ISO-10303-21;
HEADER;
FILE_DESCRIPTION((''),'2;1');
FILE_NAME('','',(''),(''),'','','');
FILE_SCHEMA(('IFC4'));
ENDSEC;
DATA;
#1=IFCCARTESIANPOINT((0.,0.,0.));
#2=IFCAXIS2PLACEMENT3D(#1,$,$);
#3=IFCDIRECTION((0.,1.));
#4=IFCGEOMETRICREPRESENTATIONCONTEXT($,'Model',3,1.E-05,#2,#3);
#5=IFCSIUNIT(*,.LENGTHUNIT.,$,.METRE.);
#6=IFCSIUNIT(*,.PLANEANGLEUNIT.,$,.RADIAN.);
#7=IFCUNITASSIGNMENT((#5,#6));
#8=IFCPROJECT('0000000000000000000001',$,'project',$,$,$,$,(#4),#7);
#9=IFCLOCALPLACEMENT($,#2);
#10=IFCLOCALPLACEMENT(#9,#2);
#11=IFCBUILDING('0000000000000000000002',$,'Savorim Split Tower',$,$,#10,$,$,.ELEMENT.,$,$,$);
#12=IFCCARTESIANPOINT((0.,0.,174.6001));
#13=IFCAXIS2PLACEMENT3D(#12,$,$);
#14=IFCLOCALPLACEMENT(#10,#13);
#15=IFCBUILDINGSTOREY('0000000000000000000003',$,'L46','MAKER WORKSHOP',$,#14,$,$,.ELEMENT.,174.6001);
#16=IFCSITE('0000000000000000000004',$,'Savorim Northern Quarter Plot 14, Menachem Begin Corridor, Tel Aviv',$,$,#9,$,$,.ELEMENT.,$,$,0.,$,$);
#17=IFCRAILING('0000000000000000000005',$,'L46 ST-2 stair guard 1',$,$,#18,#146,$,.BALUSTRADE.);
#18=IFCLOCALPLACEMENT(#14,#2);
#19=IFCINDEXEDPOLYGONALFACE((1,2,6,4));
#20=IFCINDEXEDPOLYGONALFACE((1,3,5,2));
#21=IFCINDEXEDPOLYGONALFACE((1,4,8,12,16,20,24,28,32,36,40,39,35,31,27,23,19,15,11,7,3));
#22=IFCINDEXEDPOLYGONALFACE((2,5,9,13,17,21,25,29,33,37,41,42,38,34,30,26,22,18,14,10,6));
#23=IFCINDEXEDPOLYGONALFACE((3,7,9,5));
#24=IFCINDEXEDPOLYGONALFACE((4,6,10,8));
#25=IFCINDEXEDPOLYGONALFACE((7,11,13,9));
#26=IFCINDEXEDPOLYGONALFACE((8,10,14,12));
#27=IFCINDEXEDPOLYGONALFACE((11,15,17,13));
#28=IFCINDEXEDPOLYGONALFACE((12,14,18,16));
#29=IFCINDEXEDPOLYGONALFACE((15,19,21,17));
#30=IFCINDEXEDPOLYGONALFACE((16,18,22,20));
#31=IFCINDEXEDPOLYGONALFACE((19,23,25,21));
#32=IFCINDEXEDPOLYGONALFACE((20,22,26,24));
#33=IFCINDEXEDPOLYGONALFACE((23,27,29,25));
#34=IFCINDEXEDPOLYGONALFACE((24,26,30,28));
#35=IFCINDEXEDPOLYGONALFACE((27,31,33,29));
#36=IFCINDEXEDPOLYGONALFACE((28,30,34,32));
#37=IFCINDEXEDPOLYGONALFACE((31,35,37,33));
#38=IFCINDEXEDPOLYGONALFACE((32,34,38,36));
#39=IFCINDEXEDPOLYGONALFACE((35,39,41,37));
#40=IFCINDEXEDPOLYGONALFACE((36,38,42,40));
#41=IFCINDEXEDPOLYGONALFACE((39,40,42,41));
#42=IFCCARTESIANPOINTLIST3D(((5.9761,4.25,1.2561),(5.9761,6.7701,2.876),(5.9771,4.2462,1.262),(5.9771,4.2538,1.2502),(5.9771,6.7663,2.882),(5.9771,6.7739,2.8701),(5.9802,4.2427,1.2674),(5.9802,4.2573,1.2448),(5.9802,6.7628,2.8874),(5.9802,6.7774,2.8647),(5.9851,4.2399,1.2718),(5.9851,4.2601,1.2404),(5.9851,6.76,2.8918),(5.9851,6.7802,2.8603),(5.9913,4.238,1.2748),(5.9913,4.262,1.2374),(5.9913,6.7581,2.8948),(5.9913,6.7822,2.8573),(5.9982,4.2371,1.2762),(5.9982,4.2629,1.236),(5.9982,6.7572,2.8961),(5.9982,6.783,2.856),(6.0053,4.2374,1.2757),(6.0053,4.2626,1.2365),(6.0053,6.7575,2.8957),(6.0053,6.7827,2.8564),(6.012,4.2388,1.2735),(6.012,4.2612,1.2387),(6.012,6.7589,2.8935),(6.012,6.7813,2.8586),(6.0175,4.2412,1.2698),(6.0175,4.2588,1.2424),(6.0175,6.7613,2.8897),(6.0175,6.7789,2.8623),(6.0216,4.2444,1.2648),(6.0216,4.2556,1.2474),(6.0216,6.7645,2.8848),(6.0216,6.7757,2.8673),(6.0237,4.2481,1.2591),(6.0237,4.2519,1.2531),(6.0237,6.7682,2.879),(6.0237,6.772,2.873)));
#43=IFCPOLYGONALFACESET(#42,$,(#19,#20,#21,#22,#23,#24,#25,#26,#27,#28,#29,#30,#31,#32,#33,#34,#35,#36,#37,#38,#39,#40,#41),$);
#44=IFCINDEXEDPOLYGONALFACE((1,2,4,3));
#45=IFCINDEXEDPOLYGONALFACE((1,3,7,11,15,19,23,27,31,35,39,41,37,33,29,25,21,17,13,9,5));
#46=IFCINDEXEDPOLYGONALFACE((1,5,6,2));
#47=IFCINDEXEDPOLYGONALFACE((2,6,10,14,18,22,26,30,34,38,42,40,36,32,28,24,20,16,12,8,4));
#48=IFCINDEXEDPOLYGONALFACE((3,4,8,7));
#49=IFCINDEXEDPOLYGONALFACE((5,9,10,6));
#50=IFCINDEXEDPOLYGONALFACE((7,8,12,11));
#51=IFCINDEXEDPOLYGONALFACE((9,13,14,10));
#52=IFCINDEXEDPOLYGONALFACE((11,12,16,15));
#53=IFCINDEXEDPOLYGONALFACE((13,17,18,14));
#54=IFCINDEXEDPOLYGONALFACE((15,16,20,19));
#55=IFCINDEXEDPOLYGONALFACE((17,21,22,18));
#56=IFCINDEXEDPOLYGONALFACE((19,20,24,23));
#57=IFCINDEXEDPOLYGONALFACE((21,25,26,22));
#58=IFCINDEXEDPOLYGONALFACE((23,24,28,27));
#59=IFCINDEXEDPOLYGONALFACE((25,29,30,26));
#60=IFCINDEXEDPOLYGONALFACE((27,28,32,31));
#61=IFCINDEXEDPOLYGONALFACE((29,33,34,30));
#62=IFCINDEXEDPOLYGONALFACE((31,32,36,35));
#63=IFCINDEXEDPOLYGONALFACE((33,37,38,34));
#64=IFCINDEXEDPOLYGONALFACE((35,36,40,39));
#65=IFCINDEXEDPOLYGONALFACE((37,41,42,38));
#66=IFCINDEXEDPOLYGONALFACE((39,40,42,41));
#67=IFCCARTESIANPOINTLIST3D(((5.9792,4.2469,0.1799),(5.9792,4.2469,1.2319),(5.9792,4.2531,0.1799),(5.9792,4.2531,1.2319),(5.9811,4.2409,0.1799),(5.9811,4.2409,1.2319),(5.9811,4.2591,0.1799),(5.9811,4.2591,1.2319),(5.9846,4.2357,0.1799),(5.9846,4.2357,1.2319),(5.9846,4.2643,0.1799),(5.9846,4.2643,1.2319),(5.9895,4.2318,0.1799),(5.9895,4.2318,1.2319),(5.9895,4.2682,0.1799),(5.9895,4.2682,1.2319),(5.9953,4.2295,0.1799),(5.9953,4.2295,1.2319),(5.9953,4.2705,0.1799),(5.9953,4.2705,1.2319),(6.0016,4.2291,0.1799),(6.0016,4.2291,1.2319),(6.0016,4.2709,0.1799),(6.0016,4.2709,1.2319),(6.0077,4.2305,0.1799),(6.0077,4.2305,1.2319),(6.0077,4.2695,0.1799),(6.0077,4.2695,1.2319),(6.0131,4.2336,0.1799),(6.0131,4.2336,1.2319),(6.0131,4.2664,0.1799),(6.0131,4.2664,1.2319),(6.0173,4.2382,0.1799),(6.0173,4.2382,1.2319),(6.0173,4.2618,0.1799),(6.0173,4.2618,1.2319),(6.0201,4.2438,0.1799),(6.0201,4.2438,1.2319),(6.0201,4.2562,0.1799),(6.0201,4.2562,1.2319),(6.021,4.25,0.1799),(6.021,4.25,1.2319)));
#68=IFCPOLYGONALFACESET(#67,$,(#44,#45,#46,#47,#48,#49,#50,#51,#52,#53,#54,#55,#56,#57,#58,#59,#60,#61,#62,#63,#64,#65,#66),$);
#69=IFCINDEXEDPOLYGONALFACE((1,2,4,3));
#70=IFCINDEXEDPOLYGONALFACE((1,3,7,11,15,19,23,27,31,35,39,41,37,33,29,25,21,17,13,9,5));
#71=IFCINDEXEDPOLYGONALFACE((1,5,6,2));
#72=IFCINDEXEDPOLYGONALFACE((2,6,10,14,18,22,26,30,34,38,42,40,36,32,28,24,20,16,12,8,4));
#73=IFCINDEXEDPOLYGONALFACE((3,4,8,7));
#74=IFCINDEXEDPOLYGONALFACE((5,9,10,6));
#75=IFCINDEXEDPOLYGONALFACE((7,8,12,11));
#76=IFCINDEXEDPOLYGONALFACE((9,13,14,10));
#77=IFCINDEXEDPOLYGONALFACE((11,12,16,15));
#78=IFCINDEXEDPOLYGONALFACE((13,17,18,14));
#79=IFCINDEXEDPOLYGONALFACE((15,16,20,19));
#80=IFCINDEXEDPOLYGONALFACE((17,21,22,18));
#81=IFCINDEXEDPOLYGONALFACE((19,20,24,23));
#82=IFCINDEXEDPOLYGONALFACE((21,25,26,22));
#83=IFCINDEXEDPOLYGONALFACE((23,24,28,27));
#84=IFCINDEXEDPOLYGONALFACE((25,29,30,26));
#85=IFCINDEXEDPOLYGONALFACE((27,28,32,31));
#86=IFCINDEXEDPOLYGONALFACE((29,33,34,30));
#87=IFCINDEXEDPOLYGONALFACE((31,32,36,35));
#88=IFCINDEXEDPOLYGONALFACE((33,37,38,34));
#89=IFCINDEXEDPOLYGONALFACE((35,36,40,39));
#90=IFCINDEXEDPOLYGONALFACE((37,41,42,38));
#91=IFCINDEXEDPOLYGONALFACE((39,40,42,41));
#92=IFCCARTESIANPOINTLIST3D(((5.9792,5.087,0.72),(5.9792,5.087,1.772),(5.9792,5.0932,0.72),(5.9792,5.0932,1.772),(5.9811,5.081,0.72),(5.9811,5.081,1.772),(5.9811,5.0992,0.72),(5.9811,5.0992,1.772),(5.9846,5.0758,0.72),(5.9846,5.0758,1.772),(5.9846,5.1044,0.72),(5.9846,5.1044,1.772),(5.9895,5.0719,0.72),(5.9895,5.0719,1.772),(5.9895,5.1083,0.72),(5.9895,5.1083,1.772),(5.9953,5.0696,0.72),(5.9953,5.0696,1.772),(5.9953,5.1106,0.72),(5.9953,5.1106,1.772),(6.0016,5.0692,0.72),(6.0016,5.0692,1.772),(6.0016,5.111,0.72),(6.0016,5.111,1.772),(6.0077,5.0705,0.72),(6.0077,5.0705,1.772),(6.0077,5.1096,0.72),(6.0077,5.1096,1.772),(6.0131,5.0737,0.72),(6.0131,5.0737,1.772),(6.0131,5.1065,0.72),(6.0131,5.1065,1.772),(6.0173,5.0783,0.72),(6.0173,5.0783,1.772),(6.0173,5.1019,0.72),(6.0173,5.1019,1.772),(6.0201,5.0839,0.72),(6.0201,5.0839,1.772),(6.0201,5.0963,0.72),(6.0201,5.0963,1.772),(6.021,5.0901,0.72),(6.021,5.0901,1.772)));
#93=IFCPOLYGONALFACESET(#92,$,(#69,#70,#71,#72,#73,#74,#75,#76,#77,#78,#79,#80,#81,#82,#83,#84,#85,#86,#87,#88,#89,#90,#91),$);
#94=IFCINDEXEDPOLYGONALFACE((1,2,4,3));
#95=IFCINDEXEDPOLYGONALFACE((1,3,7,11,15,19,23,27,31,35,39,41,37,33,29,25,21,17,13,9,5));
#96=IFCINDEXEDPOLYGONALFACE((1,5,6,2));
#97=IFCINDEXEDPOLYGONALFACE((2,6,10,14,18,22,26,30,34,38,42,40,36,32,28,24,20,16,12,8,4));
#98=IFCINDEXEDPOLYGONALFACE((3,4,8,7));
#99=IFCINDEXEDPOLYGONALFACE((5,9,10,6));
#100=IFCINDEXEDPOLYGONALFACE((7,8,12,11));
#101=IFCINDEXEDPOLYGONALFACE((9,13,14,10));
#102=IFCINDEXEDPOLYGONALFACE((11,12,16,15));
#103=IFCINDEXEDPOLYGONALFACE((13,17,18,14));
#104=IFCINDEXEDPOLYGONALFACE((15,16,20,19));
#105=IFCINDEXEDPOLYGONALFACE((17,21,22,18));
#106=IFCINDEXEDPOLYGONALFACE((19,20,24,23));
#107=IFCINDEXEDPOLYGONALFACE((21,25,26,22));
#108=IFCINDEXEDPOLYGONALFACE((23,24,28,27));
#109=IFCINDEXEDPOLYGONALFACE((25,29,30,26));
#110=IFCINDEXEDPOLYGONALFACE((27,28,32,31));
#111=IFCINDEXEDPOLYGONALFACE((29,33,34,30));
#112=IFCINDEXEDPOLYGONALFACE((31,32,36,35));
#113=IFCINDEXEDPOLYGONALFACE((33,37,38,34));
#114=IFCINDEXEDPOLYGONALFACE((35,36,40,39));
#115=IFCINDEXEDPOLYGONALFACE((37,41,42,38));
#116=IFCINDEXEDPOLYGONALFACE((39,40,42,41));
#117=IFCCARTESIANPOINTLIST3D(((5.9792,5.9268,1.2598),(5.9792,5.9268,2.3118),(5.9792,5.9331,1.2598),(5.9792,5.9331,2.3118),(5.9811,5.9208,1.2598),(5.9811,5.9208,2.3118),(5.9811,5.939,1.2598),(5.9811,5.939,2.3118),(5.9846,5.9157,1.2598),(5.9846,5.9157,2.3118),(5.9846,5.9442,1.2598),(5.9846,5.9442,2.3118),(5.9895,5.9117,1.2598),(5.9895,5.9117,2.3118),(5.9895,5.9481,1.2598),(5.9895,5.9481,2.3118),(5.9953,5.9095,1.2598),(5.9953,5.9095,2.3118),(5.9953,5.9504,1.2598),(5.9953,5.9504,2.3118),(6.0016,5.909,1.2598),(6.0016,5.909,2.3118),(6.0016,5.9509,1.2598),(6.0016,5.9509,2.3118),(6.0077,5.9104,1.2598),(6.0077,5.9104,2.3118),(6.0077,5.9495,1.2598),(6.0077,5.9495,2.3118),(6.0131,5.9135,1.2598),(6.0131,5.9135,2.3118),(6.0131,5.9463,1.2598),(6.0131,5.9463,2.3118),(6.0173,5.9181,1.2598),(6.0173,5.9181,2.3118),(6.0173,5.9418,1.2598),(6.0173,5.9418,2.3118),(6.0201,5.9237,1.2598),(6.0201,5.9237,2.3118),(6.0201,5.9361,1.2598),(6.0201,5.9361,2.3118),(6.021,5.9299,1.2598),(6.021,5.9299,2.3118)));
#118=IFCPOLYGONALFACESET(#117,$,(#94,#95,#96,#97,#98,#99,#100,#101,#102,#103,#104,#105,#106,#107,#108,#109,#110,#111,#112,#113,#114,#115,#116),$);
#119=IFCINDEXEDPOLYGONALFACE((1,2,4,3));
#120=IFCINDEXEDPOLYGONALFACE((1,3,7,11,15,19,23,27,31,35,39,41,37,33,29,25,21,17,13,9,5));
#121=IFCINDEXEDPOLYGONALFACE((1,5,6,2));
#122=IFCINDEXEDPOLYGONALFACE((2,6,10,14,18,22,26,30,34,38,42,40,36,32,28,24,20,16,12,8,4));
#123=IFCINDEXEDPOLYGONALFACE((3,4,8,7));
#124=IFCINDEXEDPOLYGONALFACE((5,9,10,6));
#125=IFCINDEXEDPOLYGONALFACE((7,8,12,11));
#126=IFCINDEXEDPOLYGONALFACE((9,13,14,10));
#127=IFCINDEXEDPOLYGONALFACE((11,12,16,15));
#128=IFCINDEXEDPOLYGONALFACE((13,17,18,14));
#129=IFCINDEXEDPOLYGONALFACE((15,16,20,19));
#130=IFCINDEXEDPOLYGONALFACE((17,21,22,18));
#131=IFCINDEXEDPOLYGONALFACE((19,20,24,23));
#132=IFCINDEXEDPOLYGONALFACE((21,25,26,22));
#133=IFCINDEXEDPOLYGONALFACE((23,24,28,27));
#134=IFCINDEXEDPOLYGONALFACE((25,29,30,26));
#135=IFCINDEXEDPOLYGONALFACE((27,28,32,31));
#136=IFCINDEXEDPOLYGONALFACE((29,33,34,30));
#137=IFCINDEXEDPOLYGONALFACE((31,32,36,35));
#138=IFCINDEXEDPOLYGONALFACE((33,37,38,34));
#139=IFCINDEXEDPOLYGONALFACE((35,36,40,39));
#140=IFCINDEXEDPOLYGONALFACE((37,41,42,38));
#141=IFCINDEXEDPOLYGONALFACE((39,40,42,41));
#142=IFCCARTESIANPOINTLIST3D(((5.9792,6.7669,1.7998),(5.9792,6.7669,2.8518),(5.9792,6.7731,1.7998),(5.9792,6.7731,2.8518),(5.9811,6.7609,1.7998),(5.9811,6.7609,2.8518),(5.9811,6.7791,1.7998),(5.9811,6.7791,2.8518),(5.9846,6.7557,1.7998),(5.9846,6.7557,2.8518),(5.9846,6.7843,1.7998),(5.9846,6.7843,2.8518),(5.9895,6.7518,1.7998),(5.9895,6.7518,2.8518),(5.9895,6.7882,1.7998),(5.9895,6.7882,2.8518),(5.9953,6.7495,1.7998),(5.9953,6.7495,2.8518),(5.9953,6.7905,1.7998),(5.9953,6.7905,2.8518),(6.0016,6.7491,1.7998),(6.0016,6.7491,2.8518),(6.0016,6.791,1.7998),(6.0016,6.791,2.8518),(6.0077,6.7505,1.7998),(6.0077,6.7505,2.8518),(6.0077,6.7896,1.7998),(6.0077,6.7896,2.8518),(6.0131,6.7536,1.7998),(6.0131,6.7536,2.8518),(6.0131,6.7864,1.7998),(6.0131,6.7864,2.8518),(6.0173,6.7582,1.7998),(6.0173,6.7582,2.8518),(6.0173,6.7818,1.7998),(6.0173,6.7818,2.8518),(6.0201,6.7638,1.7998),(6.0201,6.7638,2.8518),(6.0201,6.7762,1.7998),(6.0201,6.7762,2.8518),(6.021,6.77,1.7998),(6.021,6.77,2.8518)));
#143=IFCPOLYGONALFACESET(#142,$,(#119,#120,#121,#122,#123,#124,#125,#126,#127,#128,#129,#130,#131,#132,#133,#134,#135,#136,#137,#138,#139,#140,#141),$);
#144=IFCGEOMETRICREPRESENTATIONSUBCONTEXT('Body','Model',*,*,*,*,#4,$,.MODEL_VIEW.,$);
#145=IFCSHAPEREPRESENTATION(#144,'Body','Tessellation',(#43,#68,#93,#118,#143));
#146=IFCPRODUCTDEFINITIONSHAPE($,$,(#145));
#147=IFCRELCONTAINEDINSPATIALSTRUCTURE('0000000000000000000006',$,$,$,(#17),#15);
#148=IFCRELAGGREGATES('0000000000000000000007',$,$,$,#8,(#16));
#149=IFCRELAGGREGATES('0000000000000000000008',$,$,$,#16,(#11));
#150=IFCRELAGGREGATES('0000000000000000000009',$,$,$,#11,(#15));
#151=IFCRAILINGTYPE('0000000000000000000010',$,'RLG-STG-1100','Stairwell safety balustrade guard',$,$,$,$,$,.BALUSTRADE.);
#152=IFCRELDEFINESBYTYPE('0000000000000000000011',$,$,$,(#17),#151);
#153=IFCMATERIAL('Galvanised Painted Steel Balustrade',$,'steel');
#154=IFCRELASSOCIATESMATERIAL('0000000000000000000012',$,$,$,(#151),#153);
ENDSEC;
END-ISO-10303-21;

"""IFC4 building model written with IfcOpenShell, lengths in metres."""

from ifc_helpers import new_model, si_unit, direction, frame, origin, origin_2d, place, context, subcontext, project, spatial, circle, extrude, material, type_object, element, save


model = new_model("IFC4")

# Units and contexts
model_context = context("Model", 3, precision=1e-05, world=origin(), true_north=direction((0.0, 1.0)))
body_context = subcontext(model_context, "Body", "Model", "MODEL_VIEW")
ifc_project = project(units=[si_unit("LENGTHUNIT", "METRE"), si_unit("PLANEANGLEUNIT", "RADIAN")], contexts=[model_context])

# Site, building, storey
site_placement = place(None, origin())
site = spatial("IfcSite", under=ifc_project, at=site_placement, Name="Savorim Northern Quarter Plot 14, Menachem Begin Corridor, Tel Aviv", CompositionType="ELEMENT", RefElevation=0.0)
building_placement = place(site_placement, origin())
building = spatial("IfcBuilding", under=site, at=building_placement, Name="Savorim Split Tower", CompositionType="ELEMENT")
storey_placement = place(building_placement, frame((0.0, 0.0, 174.6001)))
storey = spatial("IfcBuildingStorey", under=building, at=storey_placement, Name="L46", Description="MAKER WORKSHOP", CompositionType="ELEMENT", Elevation=174.6001)

# Railing
ifc_material_1 = material(Name="Galvanised Painted Steel Balustrade", Category="steel")
railing_type_1 = type_object("IfcRailingType", Name="RLG-STG-1100", Description="Stairwell safety balustrade guard", PredefinedType="BALUSTRADE", material=ifc_material_1)
railing_1_placement = place(storey_placement, frame((6.0, 4.25, 0.1799)))
element("IfcRailing", 1, at=railing_1_placement, inside=storey, type_object=railing_type_1, Name="L46 ST-2 stair guard 1", PredefinedType="BALUSTRADE", context=body_context, shape_type="SweptSolid", body=[
    extrude(circle(Radius=0.0239, at=origin_2d()), frame((0.0, 0.0, 1.0762), z_axis=(0.0, 0.8412, 0.540725), x_axis=(-1.0, 0.0, 0.0)), (0.0, 0.0, 1.0), 2.9958),
    extrude(circle(Radius=0.021, at=origin_2d()), origin(), (0.0, 0.0, 1.0), 1.052),
    extrude(circle(Radius=0.021, at=origin_2d()), frame((0.0, 0.8401, 0.54)), (0.0, 0.0, 1.0), 1.052),
    extrude(circle(Radius=0.021, at=origin_2d()), frame((0.0, 1.6799, 1.0798)), (0.0, 0.0, 1.0), 1.052),
    extrude(circle(Radius=0.021, at=origin_2d()), frame((0.0, 2.52, 1.6199)), (0.0, 0.0, 1.0), 1.052),
])

save(model, "model.ifc")
